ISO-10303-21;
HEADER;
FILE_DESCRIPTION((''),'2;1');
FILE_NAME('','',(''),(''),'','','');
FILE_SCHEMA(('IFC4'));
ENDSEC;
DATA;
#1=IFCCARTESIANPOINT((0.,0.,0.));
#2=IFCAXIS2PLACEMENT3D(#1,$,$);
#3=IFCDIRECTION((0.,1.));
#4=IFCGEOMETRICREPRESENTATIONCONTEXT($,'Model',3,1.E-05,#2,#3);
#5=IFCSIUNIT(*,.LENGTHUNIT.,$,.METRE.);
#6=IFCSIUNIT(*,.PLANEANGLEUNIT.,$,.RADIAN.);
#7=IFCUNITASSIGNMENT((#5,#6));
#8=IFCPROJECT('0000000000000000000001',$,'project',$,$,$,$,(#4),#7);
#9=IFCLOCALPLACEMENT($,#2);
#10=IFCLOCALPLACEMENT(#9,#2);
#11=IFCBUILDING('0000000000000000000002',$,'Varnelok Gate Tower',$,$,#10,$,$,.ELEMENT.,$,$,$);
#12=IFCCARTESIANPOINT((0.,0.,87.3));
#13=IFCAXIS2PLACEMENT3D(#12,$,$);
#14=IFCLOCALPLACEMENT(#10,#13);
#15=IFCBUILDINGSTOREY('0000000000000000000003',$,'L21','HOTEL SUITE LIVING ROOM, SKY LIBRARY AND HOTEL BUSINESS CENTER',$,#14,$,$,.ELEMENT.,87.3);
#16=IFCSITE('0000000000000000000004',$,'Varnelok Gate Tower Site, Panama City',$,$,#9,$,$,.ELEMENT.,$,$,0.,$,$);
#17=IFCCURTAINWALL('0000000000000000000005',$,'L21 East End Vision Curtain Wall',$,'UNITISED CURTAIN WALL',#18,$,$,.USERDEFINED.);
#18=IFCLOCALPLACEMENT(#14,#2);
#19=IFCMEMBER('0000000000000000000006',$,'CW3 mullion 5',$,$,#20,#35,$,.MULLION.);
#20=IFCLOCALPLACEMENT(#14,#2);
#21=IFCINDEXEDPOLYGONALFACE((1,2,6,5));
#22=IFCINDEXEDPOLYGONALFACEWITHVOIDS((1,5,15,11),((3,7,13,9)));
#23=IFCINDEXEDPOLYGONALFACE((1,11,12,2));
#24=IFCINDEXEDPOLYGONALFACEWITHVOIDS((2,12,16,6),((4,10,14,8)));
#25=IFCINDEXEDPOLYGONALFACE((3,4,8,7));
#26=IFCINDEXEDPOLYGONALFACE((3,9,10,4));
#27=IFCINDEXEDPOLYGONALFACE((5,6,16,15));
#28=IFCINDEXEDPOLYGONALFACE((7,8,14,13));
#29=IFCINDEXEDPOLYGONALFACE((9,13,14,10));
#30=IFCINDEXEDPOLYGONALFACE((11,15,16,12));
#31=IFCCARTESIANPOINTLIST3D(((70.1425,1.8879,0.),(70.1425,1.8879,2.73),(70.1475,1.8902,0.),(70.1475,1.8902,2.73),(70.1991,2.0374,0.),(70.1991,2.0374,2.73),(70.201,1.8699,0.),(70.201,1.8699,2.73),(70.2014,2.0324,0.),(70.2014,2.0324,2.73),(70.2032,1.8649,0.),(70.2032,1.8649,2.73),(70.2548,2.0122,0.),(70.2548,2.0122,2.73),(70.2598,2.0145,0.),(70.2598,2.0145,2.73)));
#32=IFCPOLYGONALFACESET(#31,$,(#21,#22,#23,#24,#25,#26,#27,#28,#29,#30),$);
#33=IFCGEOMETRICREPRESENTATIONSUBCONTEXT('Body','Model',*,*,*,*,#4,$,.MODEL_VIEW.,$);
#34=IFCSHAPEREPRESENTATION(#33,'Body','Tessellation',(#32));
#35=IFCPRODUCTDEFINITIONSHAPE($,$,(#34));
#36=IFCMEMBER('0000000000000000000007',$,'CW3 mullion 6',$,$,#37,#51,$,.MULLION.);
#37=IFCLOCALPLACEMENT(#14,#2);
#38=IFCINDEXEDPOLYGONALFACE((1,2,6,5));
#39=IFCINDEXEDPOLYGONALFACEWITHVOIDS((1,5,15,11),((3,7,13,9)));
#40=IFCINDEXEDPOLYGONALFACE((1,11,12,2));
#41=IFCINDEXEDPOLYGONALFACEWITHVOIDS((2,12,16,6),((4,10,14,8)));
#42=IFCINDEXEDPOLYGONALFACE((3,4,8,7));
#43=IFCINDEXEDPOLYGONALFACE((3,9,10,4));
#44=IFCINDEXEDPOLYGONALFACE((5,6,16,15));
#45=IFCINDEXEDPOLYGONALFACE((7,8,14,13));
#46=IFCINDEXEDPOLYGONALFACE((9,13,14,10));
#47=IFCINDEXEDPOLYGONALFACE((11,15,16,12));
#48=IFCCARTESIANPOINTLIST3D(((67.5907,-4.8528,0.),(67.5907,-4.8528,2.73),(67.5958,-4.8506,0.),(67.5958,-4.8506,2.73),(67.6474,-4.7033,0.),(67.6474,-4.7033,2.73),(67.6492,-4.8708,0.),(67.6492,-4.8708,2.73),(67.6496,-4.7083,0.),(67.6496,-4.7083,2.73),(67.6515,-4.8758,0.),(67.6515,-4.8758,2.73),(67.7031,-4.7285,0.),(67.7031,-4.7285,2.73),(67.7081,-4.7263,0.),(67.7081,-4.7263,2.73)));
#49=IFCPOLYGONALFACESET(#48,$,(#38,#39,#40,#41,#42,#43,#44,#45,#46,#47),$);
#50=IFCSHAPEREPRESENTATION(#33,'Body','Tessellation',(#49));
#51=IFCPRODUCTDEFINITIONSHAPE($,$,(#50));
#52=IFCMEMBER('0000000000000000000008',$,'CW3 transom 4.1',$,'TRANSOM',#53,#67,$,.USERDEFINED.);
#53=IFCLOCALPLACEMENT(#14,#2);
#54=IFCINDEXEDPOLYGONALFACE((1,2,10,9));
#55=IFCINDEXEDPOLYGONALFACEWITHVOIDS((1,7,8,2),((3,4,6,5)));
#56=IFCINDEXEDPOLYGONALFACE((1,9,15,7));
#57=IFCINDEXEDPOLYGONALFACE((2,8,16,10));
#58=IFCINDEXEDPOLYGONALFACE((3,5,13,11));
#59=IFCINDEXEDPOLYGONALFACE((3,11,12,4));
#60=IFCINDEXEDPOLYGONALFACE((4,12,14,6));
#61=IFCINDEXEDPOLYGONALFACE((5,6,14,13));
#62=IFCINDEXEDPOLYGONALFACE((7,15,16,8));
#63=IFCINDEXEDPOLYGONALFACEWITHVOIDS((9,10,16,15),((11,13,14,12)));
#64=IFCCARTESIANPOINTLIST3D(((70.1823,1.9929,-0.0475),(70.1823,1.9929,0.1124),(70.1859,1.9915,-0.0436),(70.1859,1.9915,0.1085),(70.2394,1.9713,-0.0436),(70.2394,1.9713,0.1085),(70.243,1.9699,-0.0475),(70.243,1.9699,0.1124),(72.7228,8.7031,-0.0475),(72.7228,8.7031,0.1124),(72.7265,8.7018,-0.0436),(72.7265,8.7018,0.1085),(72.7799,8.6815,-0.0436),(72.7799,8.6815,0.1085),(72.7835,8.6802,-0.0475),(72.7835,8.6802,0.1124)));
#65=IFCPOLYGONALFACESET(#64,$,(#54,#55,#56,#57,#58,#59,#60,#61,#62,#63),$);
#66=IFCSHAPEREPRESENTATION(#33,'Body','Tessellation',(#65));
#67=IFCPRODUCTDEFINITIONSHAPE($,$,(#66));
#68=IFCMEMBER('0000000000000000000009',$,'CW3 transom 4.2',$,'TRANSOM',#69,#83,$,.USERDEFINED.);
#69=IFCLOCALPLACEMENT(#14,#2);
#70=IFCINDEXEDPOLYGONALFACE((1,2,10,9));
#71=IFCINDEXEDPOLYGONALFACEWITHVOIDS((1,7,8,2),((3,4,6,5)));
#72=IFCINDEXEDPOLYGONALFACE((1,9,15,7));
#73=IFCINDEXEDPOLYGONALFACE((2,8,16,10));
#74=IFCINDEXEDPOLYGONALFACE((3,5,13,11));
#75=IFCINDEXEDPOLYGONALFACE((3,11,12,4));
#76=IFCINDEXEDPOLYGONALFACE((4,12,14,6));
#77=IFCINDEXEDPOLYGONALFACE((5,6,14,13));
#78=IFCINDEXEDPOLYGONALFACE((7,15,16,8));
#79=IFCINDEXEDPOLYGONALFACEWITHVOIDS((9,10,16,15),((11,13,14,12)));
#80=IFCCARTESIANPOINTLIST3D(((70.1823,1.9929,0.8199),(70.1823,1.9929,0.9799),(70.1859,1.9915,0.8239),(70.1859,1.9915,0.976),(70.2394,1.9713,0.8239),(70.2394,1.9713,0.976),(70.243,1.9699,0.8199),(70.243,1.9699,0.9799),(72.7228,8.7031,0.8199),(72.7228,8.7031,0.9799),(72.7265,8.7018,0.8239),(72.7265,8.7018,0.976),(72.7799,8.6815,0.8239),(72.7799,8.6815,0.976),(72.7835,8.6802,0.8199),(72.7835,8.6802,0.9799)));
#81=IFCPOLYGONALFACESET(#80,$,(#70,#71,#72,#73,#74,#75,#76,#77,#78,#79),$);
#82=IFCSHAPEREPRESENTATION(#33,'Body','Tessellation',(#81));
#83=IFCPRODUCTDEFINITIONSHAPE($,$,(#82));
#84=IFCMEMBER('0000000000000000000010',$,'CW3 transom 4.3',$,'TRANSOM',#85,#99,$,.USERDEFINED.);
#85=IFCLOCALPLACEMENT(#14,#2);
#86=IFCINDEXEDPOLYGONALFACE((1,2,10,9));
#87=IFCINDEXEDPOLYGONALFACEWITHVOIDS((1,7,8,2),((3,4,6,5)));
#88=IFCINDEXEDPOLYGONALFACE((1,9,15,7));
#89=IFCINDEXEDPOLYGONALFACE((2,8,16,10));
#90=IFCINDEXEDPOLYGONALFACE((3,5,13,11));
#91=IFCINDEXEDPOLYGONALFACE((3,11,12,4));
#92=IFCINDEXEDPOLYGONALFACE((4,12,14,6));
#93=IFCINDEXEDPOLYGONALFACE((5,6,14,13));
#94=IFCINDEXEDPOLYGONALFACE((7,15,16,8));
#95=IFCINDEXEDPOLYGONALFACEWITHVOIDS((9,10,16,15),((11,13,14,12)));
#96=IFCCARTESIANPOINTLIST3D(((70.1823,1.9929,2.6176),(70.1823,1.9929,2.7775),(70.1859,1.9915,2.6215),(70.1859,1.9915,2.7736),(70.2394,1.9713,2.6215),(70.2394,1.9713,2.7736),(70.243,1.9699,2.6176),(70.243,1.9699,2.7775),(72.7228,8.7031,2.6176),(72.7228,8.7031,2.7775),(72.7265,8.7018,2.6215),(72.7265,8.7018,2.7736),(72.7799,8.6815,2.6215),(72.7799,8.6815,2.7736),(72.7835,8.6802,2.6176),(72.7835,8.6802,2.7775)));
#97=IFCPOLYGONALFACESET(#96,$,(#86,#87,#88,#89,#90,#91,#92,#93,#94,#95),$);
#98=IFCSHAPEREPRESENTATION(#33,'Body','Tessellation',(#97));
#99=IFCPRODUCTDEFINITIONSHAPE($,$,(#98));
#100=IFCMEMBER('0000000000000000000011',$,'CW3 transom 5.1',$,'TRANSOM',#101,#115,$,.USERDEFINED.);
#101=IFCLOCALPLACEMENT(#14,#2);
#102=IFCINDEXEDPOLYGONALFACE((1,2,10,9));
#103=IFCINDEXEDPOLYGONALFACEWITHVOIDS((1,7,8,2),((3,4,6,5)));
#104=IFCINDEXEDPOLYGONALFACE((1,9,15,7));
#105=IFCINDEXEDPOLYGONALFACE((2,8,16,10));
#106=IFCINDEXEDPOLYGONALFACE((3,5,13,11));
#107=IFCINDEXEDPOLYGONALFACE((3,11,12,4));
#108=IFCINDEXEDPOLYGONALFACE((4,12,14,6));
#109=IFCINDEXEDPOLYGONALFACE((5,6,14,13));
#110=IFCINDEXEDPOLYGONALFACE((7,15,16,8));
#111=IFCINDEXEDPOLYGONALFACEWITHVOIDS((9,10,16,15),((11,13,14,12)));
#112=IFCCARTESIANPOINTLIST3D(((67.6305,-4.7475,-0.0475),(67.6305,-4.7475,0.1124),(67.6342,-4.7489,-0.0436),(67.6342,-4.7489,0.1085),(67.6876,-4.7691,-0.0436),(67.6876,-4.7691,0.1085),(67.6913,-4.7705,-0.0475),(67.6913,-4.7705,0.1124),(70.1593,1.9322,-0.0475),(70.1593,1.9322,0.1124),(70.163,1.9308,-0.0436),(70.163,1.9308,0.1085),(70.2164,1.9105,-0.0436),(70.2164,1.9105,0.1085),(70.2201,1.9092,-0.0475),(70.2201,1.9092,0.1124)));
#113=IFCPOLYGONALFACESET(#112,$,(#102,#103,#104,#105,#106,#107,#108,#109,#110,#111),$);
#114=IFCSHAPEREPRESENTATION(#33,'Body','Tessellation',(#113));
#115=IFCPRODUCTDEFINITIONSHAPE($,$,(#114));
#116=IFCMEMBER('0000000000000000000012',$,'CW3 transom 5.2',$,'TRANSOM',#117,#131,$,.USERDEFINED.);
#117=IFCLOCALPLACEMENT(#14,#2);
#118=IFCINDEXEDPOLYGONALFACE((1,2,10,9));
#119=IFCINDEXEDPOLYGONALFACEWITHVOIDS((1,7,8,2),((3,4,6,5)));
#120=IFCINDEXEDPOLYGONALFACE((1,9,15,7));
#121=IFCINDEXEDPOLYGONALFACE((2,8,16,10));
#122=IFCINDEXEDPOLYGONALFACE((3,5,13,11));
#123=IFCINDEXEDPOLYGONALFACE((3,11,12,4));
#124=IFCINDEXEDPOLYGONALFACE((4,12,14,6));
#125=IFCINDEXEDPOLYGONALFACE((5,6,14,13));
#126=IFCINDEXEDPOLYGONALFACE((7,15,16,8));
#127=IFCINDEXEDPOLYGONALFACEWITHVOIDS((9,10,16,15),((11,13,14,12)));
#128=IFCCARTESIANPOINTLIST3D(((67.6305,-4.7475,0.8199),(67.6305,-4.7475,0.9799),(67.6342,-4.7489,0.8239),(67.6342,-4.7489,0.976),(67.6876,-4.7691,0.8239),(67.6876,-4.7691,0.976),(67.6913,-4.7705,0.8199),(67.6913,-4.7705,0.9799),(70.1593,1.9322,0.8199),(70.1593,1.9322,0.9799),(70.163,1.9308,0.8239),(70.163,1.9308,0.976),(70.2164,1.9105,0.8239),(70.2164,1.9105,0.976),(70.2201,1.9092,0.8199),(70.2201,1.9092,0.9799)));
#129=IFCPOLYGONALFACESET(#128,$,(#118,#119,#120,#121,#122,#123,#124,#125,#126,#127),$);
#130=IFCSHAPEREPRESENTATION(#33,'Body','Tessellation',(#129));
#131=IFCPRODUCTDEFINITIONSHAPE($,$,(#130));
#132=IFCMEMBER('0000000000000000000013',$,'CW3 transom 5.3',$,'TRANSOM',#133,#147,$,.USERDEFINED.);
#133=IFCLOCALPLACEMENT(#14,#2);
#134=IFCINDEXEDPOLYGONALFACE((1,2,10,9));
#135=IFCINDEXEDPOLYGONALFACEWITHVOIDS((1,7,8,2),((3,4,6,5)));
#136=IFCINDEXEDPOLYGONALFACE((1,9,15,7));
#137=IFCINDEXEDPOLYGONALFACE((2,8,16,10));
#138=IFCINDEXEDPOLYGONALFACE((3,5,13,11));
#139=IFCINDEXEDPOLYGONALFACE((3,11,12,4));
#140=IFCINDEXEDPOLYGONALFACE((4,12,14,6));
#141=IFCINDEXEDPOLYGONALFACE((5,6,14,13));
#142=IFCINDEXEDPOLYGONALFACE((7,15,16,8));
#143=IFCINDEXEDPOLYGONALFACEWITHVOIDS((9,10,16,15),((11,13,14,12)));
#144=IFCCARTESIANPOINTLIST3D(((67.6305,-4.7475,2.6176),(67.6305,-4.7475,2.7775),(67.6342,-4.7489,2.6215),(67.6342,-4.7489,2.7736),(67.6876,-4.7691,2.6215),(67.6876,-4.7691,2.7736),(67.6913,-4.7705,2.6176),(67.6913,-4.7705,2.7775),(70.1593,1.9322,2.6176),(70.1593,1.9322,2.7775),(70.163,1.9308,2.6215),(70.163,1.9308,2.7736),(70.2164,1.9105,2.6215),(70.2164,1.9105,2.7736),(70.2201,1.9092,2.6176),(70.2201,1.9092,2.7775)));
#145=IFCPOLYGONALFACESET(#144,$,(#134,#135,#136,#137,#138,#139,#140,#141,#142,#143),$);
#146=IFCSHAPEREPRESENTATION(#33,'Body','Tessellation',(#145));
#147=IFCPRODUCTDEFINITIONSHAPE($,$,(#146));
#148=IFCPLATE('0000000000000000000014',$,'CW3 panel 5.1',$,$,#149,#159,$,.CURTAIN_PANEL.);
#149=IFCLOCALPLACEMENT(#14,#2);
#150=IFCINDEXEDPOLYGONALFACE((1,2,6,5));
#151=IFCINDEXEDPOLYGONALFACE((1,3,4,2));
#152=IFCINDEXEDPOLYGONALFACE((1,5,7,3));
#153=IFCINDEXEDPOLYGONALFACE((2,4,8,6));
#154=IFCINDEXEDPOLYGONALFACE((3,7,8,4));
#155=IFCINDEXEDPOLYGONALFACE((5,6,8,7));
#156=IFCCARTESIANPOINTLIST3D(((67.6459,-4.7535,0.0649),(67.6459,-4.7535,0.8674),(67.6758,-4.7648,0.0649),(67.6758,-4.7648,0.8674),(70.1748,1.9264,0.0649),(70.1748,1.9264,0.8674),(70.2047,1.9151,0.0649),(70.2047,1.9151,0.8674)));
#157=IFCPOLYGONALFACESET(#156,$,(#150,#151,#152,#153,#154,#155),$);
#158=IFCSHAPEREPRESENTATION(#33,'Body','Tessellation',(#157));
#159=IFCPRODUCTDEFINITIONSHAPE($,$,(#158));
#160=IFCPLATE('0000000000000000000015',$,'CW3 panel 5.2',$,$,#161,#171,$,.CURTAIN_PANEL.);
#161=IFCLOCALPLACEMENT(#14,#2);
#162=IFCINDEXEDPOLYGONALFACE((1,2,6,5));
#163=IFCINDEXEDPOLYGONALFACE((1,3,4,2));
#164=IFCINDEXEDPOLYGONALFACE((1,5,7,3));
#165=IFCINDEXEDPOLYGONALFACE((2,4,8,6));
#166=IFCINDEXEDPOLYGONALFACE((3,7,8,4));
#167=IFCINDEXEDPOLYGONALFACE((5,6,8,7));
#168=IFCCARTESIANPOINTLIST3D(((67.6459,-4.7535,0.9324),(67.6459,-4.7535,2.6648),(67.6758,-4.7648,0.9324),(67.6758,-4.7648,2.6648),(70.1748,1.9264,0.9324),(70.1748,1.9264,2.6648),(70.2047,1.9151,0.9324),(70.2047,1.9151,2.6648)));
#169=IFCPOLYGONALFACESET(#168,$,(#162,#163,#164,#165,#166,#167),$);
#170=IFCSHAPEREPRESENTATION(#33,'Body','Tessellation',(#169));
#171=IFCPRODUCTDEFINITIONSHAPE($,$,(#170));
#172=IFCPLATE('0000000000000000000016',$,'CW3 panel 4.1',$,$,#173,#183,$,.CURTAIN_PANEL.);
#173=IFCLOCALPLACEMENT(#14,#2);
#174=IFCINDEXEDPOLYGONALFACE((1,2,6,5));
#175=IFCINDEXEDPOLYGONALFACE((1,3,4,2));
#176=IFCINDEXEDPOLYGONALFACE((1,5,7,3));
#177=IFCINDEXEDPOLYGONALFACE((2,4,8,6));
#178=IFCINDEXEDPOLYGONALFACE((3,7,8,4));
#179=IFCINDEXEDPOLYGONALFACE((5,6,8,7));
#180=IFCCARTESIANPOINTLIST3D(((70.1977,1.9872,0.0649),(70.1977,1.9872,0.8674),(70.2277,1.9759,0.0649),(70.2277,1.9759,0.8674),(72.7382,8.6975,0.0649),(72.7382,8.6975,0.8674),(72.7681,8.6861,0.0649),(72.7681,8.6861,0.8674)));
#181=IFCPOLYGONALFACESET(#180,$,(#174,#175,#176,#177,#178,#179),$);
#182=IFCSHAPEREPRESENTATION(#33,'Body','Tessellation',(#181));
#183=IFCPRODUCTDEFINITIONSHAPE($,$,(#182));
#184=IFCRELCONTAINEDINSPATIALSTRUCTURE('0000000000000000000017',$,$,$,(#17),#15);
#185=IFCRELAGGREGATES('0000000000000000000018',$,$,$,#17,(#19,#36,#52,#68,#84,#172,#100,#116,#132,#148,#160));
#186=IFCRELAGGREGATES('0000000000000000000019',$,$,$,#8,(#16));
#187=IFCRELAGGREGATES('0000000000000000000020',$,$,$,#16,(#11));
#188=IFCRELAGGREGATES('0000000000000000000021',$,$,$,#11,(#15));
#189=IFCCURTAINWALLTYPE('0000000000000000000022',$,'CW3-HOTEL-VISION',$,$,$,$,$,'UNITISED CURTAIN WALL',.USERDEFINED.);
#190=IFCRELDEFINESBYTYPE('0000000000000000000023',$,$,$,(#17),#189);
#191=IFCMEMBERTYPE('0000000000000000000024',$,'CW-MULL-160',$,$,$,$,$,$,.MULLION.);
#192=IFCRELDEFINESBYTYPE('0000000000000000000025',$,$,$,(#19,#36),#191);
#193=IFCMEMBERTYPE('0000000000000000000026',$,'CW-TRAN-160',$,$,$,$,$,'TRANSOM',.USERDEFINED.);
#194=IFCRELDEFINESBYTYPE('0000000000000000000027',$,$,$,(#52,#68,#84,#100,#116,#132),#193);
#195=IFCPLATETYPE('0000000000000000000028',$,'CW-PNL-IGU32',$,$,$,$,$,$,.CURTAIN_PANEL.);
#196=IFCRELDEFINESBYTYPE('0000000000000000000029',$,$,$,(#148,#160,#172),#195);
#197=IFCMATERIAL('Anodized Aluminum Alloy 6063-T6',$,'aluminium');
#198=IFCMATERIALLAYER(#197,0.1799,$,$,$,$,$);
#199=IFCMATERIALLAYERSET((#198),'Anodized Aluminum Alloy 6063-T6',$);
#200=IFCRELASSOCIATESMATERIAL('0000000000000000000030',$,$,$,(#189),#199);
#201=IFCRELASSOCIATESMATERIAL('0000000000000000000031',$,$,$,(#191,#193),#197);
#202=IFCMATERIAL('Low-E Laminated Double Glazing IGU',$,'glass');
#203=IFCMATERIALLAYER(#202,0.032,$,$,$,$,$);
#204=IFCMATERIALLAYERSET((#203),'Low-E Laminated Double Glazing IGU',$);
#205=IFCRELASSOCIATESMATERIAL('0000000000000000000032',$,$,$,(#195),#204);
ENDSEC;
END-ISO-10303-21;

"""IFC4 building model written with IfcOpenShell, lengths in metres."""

from ifc_helpers import new_model, si_unit, direction, frame, origin, origin_2d, place, context, subcontext, project, spatial, rectangle, hollow_rectangle, extrude, source, transform, mapped, material, layer, layer_set, material_profile, profile_set, type_object, element, aggregate, save


model = new_model("IFC4")

# Units and contexts
model_context = context("Model", 3, precision=1e-05, world=origin(), true_north=direction((0.0, 1.0)))
body_context = subcontext(model_context, "Body", "Model", "MODEL_VIEW")
ifc_project = project(units=[si_unit("LENGTHUNIT", "METRE"), si_unit("PLANEANGLEUNIT", "RADIAN")], contexts=[model_context])

# Site, building, storey
site_placement = place(None, origin())
site = spatial("IfcSite", under=ifc_project, at=site_placement, Name="Varnelok Gate Tower Site, Panama City", CompositionType="ELEMENT", RefElevation=0.0)
building_placement = place(site_placement, origin())
building = spatial("IfcBuilding", under=site, at=building_placement, Name="Varnelok Gate Tower", CompositionType="ELEMENT")
storey_placement = place(building_placement, frame((0.0, 0.0, 87.3)))
storey = spatial("IfcBuildingStorey", under=building, at=storey_placement, Name="L21", Description="HOTEL SUITE LIVING ROOM, SKY LIBRARY AND HOTEL BUSINESS CENTER", CompositionType="ELEMENT", Elevation=87.3)

# Curtain wall, members, plates
ifc_material_1 = material(Name="Anodized Aluminum Alloy 6063-T6", Category="aluminium")
ifc_layer_1 = layer(ifc_material_1, 0.1799)
ifc_layer_set_1 = layer_set([ifc_layer_1], Name="Anodized Aluminum Alloy 6063-T6")
curtain_wall_type = type_object("IfcCurtainWallType", Name="CW3-HOTEL-VISION", ElementType="UNITISED CURTAIN WALL", PredefinedType="USERDEFINED", material=ifc_layer_set_1)
curtain_wall_placement = place(storey_placement, origin())
curtain_wall = element("IfcCurtainWall", 1, at=curtain_wall_placement, inside=storey, type_object=curtain_wall_type, Name="L21 East End Vision Curtain Wall", ObjectType="UNITISED CURTAIN WALL", PredefinedType="USERDEFINED")
ifc_material_profile_1 = material_profile(ifc_material_1, hollow_rectangle(XDim=0.0649, YDim=0.1599, WallThickness=0.0039, at=origin_2d()), Name="ALU160X65X4")
ifc_profile_set_1 = profile_set([ifc_material_profile_1], Name="Anodized Aluminum Alloy 6063-T6")
member_type_1 = type_object("IfcMemberType", Name="CW-MULL-160", PredefinedType="MULLION", material=ifc_profile_set_1)
member_1_placement = place(storey_placement, frame((70.2012, 1.9512, 0.0), z_axis=(0.0, 0.0, 1.0), x_axis=(0.935221, -0.354064, 0.0)))
member_1 = element("IfcMember", 2, at=member_1_placement, type_object=member_type_1, Name="CW3 mullion 5", PredefinedType="MULLION", context=body_context, shape_type="SweptSolid", body=[
    extrude(hollow_rectangle(XDim=0.0649, YDim=0.1599, WallThickness=0.0039, at=origin_2d()), origin(), (0.0, 0.0, 1.0), 2.73),
])
member_2_placement = place(storey_placement, frame((67.6494, -4.7896, 0.0), z_axis=(0.0, 0.0, 1.0), x_axis=(0.935221, -0.354064, 0.0)))
member_2 = element("IfcMember", 3, at=member_2_placement, type_object=member_type_1, Name="CW3 mullion 6", PredefinedType="MULLION", context=body_context, shape_type="SweptSolid", body=[
    extrude(hollow_rectangle(XDim=0.0649, YDim=0.1599, WallThickness=0.0039, at=origin_2d()), origin(), (0.0, 0.0, 1.0), 2.73),
])
ifc_material_profile_2 = material_profile(ifc_material_1, hollow_rectangle(XDim=0.0649, YDim=0.1599, WallThickness=0.0039, at=origin_2d()), Name="ALU160X65X4")
ifc_profile_set_2 = profile_set([ifc_material_profile_2], Name="Anodized Aluminum Alloy 6063-T6")
member_type_2 = type_object("IfcMemberType", Name="CW-TRAN-160", ElementType="TRANSOM", PredefinedType="USERDEFINED", material=ifc_profile_set_2)
member_3_placement = place(storey_placement, frame((72.7532, 8.6917, 0.0325), z_axis=(-0.354079, -0.935216, 0.0), x_axis=(0.935216, -0.354079, 0.0)))
member_3 = element("IfcMember", 4, at=member_3_placement, type_object=member_type_2, Name="CW3 transom 4.1", ObjectType="TRANSOM", PredefinedType="USERDEFINED", context=body_context, shape_type="SweptSolid", body=[
    extrude(hollow_rectangle(XDim=0.0649, YDim=0.1599, WallThickness=0.0039, at=origin_2d()), origin(), (0.0, 0.0, 1.0), 7.175),
])
member_4_placement = place(storey_placement, frame((72.7532, 8.6917, 0.8999), z_axis=(-0.354079, -0.935216, 0.0), x_axis=(0.935216, -0.354079, 0.0)))
member_4 = element("IfcMember", 5, at=member_4_placement, type_object=member_type_2, Name="CW3 transom 4.2", ObjectType="TRANSOM", PredefinedType="USERDEFINED", context=body_context, shape_type="SweptSolid", body=[
    extrude(hollow_rectangle(XDim=0.0649, YDim=0.1599, WallThickness=0.0039, at=origin_2d()), origin(), (0.0, 0.0, 1.0), 7.175),
])
member_5_placement = place(storey_placement, frame((72.7532, 8.6917, 2.6975), z_axis=(-0.354079, -0.935216, 0.0), x_axis=(0.935216, -0.354079, 0.0)))
member_5 = element("IfcMember", 6, at=member_5_placement, type_object=member_type_2, Name="CW3 transom 4.3", ObjectType="TRANSOM", PredefinedType="USERDEFINED", context=body_context, shape_type="SweptSolid", body=[
    extrude(hollow_rectangle(XDim=0.0649, YDim=0.1599, WallThickness=0.0039, at=origin_2d()), origin(), (0.0, 0.0, 1.0), 7.175),
])
member_6_placement = place(storey_placement, frame((70.1897, 1.9207, 0.0325), z_axis=(-0.354059, -0.935223, 0.0), x_axis=(0.935223, -0.354059, 0.0)))
member_6 = element("IfcMember", 7, at=member_6_placement, type_object=member_type_2, Name="CW3 transom 5.1", ObjectType="TRANSOM", PredefinedType="USERDEFINED", context=body_context, shape_type="SweptSolid", body=[
    extrude(hollow_rectangle(XDim=0.0649, YDim=0.1599, WallThickness=0.0039, at=origin_2d()), origin(), (0.0, 0.0, 1.0), 7.1423),
])
member_7_placement = place(storey_placement, frame((70.1897, 1.9207, 0.8999), z_axis=(-0.354059, -0.935223, 0.0), x_axis=(0.935223, -0.354059, 0.0)))
member_7 = element("IfcMember", 8, at=member_7_placement, type_object=member_type_2, Name="CW3 transom 5.2", ObjectType="TRANSOM", PredefinedType="USERDEFINED", context=body_context, shape_type="SweptSolid", body=[
    extrude(hollow_rectangle(XDim=0.0649, YDim=0.1599, WallThickness=0.0039, at=origin_2d()), origin(), (0.0, 0.0, 1.0), 7.1423),
])
member_8_placement = place(storey_placement, frame((70.1897, 1.9207, 2.6975), z_axis=(-0.354059, -0.935223, 0.0), x_axis=(0.935223, -0.354059, 0.0)))
member_8 = element("IfcMember", 9, at=member_8_placement, type_object=member_type_2, Name="CW3 transom 5.3", ObjectType="TRANSOM", PredefinedType="USERDEFINED", context=body_context, shape_type="SweptSolid", body=[
    extrude(hollow_rectangle(XDim=0.0649, YDim=0.1599, WallThickness=0.0039, at=origin_2d()), origin(), (0.0, 0.0, 1.0), 7.1423),
])
ifc_material_2 = material(Name="Low-E Laminated Double Glazing IGU", Category="glass")
ifc_layer_2 = layer(ifc_material_2, 0.032)
ifc_layer_set_2 = layer_set([ifc_layer_2], Name="Low-E Laminated Double Glazing IGU")
plate_type = type_object("IfcPlateType", Name="CW-PNL-IGU32", PredefinedType="CURTAIN_PANEL", material=ifc_layer_set_2)
shared_shape_1 = source(origin(), body_context, "Body", "SweptSolid", [
    extrude(rectangle(XDim=7.1426, YDim=0.032, at=origin_2d()), origin(), (0.0, 0.0, 1.0), 0.8025),
])
plate_1_placement = place(storey_placement, frame((68.9253, -1.4192, 0.0649), z_axis=(0.0, 0.0, 1.0), x_axis=(-0.354064, -0.935221, 0.0)))
plate_1 = element("IfcPlate", 10, at=plate_1_placement, type_object=plate_type, Name="CW3 panel 5.1", PredefinedType="CURTAIN_PANEL", context=body_context, shape_type="MappedRepresentation", body=[
    mapped(shared_shape_1, transform((0.0, 0.0, 0.0), scale=1.0)),
])
shared_shape_2 = source(origin(), body_context, "Body", "SweptSolid", [
    extrude(rectangle(XDim=7.1426, YDim=0.032, at=origin_2d()), origin(), (0.0, 0.0, 1.0), 1.7324),
])
plate_2_placement = place(storey_placement, frame((68.9253, -1.4192, 0.9324), z_axis=(0.0, 0.0, 1.0), x_axis=(-0.354064, -0.935221, 0.0)))
plate_2 = element("IfcPlate", 11, at=plate_2_placement, type_object=plate_type, Name="CW3 panel 5.2", PredefinedType="CURTAIN_PANEL", context=body_context, shape_type="MappedRepresentation", body=[
    mapped(shared_shape_2, transform((0.0, 0.0, 0.0), scale=1.0)),
])
shared_shape_3 = source(origin(), body_context, "Body", "SweptSolid", [
    extrude(rectangle(XDim=7.175, YDim=0.032, at=origin_2d()), origin(), (0.0, 0.0, 1.0), 0.8025),
])
plate_3_placement = place(storey_placement, frame((71.4829, 5.3367, 0.0649), z_axis=(0.0, 0.0, 1.0), x_axis=(-0.354064, -0.935221, 0.0)))
plate_3 = element("IfcPlate", 12, at=plate_3_placement, type_object=plate_type, Name="CW3 panel 4.1", PredefinedType="CURTAIN_PANEL", context=body_context, shape_type="MappedRepresentation", body=[
    mapped(shared_shape_3, transform((0.0, 0.0, 0.0), scale=1.0)),
])
aggregate(curtain_wall, [member_1, member_2, member_3, member_4, member_5, plate_3, member_6, member_7, member_8, plate_1, plate_2])

save(model, "model.ifc")
